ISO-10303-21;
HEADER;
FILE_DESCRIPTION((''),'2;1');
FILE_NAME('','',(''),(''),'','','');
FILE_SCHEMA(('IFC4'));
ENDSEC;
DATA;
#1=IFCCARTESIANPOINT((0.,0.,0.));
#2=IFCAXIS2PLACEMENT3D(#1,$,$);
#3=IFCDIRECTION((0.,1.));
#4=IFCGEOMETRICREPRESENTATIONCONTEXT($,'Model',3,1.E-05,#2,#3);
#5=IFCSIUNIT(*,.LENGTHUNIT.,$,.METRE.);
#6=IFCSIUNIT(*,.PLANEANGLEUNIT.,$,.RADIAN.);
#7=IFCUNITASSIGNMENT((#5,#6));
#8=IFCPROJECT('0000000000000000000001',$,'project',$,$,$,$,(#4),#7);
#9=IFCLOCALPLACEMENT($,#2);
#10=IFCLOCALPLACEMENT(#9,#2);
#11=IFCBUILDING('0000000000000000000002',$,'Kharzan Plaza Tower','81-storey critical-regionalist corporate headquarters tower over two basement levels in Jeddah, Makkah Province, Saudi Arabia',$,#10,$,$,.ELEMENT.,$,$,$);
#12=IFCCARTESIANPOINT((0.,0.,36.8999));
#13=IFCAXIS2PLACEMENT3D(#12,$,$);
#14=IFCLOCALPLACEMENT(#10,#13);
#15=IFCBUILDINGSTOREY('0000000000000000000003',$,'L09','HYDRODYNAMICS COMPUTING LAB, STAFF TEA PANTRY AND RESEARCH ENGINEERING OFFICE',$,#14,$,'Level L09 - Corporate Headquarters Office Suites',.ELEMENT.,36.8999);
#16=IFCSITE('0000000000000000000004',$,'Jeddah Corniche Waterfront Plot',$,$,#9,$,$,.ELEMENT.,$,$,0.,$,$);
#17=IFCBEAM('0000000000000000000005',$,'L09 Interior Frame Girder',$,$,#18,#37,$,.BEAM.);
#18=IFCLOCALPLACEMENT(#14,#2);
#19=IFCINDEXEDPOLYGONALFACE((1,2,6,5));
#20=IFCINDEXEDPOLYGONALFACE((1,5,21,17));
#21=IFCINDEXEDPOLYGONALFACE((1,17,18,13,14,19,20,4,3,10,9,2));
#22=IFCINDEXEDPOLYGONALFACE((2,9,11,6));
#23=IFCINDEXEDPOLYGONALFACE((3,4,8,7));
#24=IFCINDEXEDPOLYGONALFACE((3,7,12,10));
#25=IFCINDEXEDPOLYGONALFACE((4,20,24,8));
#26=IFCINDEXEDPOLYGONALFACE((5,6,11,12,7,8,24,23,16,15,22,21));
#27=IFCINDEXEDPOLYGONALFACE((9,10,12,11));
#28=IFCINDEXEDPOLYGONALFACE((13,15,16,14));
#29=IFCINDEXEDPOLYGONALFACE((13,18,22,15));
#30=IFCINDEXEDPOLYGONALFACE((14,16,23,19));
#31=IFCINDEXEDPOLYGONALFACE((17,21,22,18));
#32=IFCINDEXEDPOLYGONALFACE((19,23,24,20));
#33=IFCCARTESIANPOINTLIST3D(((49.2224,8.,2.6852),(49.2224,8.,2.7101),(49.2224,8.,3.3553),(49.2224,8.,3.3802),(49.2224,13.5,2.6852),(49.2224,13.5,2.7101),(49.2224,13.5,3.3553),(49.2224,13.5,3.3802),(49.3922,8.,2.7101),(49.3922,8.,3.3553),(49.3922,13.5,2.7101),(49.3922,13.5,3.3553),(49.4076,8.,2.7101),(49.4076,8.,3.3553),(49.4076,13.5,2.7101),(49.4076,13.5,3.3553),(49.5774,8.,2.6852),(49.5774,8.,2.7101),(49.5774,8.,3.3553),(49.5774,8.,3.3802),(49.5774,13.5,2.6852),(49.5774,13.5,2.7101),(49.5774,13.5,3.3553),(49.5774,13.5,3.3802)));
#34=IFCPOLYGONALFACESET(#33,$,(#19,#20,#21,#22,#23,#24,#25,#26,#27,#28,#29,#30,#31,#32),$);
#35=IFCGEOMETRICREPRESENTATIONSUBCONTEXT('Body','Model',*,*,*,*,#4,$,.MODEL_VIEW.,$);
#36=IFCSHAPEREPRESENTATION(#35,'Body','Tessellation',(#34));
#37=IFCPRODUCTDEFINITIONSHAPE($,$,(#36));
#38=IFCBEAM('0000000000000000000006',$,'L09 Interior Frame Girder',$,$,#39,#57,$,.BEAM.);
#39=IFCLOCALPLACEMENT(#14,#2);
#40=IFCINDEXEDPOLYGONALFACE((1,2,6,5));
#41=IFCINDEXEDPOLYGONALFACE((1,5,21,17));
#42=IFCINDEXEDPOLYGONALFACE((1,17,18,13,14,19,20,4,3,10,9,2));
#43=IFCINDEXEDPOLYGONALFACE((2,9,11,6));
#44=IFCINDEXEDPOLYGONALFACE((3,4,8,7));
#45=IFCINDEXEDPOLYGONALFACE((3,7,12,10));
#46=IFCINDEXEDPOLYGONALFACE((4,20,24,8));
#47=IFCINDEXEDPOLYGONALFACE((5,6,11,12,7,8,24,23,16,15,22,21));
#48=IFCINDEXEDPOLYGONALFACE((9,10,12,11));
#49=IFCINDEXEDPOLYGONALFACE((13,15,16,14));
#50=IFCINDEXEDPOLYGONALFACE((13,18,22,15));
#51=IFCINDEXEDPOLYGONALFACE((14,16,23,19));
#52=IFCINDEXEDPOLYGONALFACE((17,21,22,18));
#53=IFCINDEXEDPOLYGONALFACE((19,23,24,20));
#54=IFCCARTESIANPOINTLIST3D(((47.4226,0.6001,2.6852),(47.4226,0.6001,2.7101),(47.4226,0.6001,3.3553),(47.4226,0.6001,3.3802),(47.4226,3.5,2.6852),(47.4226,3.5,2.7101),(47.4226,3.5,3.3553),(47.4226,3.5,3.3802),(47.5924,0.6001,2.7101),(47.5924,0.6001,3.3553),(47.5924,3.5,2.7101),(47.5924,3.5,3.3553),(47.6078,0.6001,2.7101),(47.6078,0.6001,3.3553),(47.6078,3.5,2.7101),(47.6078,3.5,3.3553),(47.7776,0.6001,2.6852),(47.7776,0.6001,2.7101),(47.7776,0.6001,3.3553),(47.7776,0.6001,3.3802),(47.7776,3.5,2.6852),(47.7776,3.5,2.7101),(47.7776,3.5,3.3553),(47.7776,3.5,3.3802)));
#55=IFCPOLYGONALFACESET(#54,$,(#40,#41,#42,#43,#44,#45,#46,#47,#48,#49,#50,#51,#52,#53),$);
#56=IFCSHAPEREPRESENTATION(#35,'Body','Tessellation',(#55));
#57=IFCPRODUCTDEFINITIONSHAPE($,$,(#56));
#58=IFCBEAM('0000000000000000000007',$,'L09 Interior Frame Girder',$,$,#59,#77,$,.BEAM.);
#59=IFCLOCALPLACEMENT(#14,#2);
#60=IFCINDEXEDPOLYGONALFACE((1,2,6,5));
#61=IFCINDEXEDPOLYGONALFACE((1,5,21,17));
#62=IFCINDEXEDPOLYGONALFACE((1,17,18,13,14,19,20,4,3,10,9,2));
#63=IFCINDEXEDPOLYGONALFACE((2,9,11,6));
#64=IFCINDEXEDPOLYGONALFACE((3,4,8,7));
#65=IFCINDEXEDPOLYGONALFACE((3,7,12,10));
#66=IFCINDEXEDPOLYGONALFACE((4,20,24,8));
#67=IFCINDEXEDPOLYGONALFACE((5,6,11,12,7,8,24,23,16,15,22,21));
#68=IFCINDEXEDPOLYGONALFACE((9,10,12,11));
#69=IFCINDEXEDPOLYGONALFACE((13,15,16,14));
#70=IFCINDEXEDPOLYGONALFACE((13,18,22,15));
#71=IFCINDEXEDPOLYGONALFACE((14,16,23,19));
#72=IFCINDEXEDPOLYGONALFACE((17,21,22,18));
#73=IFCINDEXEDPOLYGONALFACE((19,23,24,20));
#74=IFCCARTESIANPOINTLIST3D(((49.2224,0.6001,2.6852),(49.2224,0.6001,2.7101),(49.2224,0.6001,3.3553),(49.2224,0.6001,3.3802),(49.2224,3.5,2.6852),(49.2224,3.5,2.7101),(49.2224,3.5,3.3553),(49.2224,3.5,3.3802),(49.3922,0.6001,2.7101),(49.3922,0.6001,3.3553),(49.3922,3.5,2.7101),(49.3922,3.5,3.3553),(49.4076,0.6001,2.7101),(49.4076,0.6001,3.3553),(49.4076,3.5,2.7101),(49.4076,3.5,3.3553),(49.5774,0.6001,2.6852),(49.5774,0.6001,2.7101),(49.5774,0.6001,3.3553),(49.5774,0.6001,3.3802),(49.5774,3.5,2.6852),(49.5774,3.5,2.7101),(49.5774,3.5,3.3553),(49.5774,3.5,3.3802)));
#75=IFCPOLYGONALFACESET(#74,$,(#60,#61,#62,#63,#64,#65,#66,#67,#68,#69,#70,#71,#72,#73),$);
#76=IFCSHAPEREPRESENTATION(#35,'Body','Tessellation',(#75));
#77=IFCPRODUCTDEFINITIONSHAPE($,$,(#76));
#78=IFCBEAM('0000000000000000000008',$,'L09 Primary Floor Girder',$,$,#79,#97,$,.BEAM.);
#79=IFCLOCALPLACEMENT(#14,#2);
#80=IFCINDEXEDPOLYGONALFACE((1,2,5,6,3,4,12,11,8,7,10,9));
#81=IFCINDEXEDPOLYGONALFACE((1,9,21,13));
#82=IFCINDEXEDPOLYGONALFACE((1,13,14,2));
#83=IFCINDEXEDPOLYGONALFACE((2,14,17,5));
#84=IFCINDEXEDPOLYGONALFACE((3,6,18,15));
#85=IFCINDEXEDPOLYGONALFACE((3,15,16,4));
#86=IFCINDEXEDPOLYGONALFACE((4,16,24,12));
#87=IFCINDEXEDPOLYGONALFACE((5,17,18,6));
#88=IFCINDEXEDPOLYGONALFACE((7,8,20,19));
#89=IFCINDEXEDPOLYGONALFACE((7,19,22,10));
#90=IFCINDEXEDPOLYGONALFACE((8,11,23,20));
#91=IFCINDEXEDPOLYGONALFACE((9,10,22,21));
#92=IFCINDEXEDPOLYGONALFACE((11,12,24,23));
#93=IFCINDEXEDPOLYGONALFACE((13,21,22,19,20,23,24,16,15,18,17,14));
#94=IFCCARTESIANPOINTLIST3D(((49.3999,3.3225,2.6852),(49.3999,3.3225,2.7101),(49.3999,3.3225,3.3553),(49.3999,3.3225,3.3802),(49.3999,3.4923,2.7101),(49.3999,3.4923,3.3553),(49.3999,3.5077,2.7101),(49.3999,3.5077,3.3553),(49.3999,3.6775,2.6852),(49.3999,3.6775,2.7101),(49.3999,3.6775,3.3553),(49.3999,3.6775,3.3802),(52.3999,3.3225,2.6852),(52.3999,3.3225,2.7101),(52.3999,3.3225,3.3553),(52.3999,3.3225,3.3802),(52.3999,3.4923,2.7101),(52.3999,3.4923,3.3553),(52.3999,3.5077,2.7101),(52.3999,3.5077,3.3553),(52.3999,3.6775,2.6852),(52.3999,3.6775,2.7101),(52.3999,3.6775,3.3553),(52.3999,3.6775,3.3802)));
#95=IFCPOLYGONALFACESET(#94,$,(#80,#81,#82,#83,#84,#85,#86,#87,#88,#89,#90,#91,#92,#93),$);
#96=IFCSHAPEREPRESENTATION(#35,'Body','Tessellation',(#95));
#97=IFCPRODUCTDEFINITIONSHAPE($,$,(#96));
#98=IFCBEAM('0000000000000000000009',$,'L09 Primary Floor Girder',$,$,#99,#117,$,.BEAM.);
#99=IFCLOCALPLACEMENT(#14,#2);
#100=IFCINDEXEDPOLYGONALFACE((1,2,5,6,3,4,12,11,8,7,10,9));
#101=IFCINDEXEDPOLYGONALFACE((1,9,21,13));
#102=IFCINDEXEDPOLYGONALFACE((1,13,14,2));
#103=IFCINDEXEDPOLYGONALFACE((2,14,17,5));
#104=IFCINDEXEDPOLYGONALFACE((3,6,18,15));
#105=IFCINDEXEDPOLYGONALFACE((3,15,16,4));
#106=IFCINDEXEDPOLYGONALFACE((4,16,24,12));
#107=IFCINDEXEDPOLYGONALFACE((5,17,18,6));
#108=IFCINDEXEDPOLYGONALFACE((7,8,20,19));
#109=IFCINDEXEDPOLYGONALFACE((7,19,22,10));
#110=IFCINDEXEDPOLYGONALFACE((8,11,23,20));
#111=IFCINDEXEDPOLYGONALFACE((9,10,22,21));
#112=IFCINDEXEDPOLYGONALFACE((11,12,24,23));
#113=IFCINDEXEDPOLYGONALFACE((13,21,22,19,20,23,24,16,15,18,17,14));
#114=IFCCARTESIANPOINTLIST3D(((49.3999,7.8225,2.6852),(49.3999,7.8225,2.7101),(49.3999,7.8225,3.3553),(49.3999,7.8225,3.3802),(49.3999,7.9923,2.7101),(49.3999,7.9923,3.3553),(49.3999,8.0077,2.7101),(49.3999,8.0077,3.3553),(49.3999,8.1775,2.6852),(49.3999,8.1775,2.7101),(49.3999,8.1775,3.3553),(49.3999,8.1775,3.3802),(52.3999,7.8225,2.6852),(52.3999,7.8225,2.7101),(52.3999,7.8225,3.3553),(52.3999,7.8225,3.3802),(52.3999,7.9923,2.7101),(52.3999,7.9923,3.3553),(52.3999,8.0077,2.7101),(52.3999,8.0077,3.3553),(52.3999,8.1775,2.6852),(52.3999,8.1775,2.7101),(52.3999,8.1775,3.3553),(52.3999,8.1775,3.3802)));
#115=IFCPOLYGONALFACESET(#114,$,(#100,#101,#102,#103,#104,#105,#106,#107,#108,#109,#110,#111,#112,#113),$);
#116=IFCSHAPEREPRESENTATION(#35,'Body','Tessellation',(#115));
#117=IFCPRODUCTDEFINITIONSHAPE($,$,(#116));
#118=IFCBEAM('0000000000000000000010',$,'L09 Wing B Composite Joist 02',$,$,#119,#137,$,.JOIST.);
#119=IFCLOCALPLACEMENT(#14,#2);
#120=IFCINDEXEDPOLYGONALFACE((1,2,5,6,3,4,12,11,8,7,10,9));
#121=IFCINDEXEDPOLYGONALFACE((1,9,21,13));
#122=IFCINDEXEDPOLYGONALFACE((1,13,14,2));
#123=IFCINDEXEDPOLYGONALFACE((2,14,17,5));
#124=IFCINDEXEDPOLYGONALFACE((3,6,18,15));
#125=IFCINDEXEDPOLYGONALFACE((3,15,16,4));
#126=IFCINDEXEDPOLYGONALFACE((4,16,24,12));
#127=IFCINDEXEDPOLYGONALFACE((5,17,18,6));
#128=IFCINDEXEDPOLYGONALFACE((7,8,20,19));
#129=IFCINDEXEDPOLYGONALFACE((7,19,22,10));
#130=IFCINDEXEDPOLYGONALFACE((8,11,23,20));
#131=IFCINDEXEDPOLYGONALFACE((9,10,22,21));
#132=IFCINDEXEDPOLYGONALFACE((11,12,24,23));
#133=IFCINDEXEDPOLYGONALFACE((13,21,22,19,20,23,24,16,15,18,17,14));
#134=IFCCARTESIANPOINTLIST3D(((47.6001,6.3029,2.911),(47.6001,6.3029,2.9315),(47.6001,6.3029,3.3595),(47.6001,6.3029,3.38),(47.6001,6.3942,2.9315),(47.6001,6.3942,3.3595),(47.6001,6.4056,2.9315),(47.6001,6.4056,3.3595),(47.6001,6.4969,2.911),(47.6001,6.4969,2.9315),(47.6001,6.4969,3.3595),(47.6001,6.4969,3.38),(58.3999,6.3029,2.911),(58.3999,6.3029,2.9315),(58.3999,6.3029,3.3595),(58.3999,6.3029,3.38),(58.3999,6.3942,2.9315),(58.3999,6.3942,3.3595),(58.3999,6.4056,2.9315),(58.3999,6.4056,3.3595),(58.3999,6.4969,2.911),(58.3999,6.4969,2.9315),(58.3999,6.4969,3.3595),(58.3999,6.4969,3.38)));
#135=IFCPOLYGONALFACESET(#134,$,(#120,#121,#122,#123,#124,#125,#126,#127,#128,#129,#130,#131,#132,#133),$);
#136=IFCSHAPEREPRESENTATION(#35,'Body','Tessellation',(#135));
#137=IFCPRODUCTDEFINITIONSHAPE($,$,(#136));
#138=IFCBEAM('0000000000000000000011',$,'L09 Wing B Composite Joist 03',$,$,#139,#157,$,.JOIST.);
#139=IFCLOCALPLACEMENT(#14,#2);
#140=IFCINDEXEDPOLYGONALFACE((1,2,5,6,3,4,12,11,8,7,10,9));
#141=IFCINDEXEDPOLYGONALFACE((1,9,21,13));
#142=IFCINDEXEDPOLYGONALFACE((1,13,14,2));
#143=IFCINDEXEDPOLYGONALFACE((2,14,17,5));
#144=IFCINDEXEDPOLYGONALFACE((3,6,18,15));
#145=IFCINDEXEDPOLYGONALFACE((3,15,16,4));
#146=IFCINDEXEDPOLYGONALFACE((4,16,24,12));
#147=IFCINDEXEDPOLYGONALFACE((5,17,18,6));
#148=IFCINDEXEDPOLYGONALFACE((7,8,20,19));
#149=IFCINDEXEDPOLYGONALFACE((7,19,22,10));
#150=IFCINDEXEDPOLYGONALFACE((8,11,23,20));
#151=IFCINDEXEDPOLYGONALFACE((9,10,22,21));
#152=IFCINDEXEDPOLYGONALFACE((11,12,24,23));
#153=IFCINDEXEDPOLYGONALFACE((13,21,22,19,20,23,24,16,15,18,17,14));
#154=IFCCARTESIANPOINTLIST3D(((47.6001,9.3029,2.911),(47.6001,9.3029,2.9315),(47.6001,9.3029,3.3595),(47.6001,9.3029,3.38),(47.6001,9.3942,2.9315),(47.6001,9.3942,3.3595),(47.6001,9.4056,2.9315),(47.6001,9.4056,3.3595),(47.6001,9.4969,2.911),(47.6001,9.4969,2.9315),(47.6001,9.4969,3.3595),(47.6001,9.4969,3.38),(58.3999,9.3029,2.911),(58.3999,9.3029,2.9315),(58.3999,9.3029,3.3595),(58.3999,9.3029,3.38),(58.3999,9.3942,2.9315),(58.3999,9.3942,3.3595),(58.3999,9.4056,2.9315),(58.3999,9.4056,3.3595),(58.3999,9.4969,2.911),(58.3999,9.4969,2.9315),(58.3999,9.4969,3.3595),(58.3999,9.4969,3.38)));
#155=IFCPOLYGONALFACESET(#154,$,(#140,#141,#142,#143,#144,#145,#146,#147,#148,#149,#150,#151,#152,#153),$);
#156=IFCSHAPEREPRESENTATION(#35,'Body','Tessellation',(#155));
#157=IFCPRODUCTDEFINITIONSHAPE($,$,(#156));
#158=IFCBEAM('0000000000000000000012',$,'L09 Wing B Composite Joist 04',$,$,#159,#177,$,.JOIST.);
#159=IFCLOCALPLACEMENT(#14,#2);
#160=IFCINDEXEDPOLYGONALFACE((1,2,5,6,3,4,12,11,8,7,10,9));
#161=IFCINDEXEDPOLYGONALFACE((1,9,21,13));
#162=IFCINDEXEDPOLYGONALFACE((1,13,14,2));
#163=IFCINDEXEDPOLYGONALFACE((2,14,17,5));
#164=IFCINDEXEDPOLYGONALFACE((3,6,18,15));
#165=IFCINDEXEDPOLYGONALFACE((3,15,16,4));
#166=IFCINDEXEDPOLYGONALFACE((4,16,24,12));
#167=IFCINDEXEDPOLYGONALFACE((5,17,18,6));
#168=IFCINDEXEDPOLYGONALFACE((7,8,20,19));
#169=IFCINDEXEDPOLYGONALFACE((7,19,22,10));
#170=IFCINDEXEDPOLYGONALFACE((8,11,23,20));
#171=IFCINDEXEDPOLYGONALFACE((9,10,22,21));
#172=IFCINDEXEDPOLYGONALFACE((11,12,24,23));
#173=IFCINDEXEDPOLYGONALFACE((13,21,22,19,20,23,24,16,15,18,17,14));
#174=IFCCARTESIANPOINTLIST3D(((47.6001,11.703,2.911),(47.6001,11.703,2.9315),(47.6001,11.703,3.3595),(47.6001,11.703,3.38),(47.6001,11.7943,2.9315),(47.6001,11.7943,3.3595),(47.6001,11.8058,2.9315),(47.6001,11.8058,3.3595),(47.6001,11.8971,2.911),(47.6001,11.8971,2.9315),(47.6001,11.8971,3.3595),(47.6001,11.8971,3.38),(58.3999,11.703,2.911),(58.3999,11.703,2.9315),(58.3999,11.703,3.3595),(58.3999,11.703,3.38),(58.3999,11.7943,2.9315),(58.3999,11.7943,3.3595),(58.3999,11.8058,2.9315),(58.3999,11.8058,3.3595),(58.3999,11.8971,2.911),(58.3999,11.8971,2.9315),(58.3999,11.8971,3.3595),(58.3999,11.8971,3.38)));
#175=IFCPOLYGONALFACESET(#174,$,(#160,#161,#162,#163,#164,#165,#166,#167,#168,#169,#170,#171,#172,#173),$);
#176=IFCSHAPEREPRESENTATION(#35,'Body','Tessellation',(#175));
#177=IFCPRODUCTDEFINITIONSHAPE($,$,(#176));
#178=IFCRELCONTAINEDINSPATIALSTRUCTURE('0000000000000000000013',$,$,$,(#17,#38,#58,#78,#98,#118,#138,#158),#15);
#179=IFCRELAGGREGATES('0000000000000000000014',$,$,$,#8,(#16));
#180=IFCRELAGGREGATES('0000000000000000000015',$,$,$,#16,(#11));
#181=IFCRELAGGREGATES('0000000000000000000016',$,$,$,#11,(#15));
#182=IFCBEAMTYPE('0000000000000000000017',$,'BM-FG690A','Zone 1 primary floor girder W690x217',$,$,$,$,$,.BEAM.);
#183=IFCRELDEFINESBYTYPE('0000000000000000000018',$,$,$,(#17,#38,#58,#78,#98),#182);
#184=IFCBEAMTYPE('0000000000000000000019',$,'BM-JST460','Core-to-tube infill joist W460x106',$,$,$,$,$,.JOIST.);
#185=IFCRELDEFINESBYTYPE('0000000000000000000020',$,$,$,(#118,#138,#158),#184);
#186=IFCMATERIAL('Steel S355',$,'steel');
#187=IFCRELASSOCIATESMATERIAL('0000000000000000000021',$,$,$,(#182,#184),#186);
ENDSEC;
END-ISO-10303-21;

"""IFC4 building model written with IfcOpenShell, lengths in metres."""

from ifc_helpers import new_model, si_unit, direction, frame, origin, origin_2d, place, context, subcontext, project, spatial, i_section, extrude, source, transform, mapped, material, material_profile, profile_set, type_object, element, save


model = new_model("IFC4")

# Units and contexts
model_context = context("Model", 3, precision=1e-05, world=origin(), true_north=direction((0.0, 1.0)))
body_context = subcontext(model_context, "Body", "Model", "MODEL_VIEW")
ifc_project = project(units=[si_unit("LENGTHUNIT", "METRE"), si_unit("PLANEANGLEUNIT", "RADIAN")], contexts=[model_context])

# Site, building, storey
site_placement = place(None, origin())
site = spatial("IfcSite", under=ifc_project, at=site_placement, Name="Jeddah Corniche Waterfront Plot", CompositionType="ELEMENT", RefElevation=0.0)
building_placement = place(site_placement, origin())
building = spatial("IfcBuilding", under=site, at=building_placement, Name="Kharzan Plaza Tower", Description="81-storey critical-regionalist corporate headquarters tower over two basement levels in Jeddah, Makkah Province, Saudi Arabia", CompositionType="ELEMENT")
storey_placement = place(building_placement, frame((0.0, 0.0, 36.8999)))
storey = spatial("IfcBuildingStorey", under=building, at=storey_placement, Name="L09", Description="HYDRODYNAMICS COMPUTING LAB, STAFF TEA PANTRY AND RESEARCH ENGINEERING OFFICE", LongName="Level L09 - Corporate Headquarters Office Suites", CompositionType="ELEMENT", Elevation=36.8999)

# Beams
ifc_material_1 = material(Name="Steel S355", Category="steel")
ifc_material_profile_1 = material_profile(ifc_material_1, i_section(OverallWidth=0.355, OverallDepth=0.6951, WebThickness=0.0154, FlangeThickness=0.0249, at=origin_2d()), Name="W690x217")
ifc_profile_set_1 = profile_set([ifc_material_profile_1], Name="Steel S355")
beam_type_1 = type_object("IfcBeamType", Name="BM-FG690A", Description="Zone 1 primary floor girder W690x217", PredefinedType="BEAM", material=ifc_profile_set_1)
shared_shape_1 = source(origin(), body_context, "Body", "SweptSolid", [
    extrude(i_section(OverallWidth=0.355, OverallDepth=0.6951, WebThickness=0.0154, FlangeThickness=0.0249, at=origin_2d()), origin(), (0.0, 0.0, 1.0), 5.5),
])
for number, where, z_axis, x_axis, name in (
    (1, (49.3999, 8.0, 3.0327), (0.0, 1.0, 0.0), (-1.0, 0.0, 0.0), "L09 Interior Frame Girder"),
):
    element("IfcBeam", number, at=place(storey_placement, frame(where, z_axis=z_axis, x_axis=x_axis)), inside=storey, type_object=beam_type_1, Name=name, PredefinedType="BEAM", context=body_context, shape_type="MappedRepresentation", body=[
        mapped(shared_shape_1, transform((0.0, 0.0, 0.0), x_axis=(1.0, 0.0, 0.0), y_axis=(0.0, 1.0, 0.0), z_axis=(0.0, 0.0, 1.0))),
    ])
shared_shape_2 = source(origin(), body_context, "Body", "SweptSolid", [
    extrude(i_section(OverallWidth=0.355, OverallDepth=0.6951, WebThickness=0.0154, FlangeThickness=0.0249, at=origin_2d()), origin(), (0.0, 0.0, 1.0), 2.8999),
])
for number, where, z_axis, x_axis, name in (
    (2, (47.6001, 0.6001, 3.0327), (0.0, 1.0, 0.0), (-1.0, 0.0, 0.0), "L09 Interior Frame Girder"),
    (3, (49.3999, 0.6001, 3.0327), (0.0, 1.0, 0.0), (-1.0, 0.0, 0.0), "L09 Interior Frame Girder"),
):
    element("IfcBeam", number, at=place(storey_placement, frame(where, z_axis=z_axis, x_axis=x_axis)), inside=storey, type_object=beam_type_1, Name=name, PredefinedType="BEAM", context=body_context, shape_type="MappedRepresentation", body=[
        mapped(shared_shape_2, transform((0.0, 0.0, 0.0), x_axis=(1.0, 0.0, 0.0), y_axis=(0.0, 1.0, 0.0), z_axis=(0.0, 0.0, 1.0))),
    ])
shared_shape_3 = source(origin(), body_context, "Body", "SweptSolid", [
    extrude(i_section(OverallWidth=0.355, OverallDepth=0.6951, WebThickness=0.0154, FlangeThickness=0.0249, at=origin_2d()), origin(), (0.0, 0.0, 1.0), 3.0),
])
for number, where, z_axis, x_axis, name in (
    (4, (49.3999, 3.5, 3.0327), (1.0, 0.0, 0.0), (0.0, 1.0, 0.0), "L09 Primary Floor Girder"),
    (5, (49.3999, 8.0, 3.0327), (1.0, 0.0, 0.0), (0.0, 1.0, 0.0), "L09 Primary Floor Girder"),
):
    element("IfcBeam", number, at=place(storey_placement, frame(where, z_axis=z_axis, x_axis=x_axis)), inside=storey, type_object=beam_type_1, Name=name, PredefinedType="BEAM", context=body_context, shape_type="MappedRepresentation", body=[
        mapped(shared_shape_3, transform((0.0, 0.0, 0.0), x_axis=(1.0, 0.0, 0.0), y_axis=(0.0, 1.0, 0.0), z_axis=(0.0, 0.0, 1.0))),
    ])
ifc_material_profile_2 = material_profile(ifc_material_1, i_section(OverallWidth=0.1941, OverallDepth=0.469, WebThickness=0.0115, FlangeThickness=0.0205, at=origin_2d()), Name="W460x106")
ifc_profile_set_2 = profile_set([ifc_material_profile_2], Name="Steel S355")
beam_type_2 = type_object("IfcBeamType", Name="BM-JST460", Description="Core-to-tube infill joist W460x106", PredefinedType="JOIST", material=ifc_profile_set_2)
shared_shape_4 = source(origin(), body_context, "Body", "SweptSolid", [
    extrude(i_section(OverallWidth=0.1941, OverallDepth=0.469, WebThickness=0.0115, FlangeThickness=0.0205, at=origin_2d()), origin(), (0.0, 0.0, 1.0), 10.7998),
])
for number, where, z_axis, x_axis, name in (
    (6, (47.6001, 6.3999, 3.1455), (1.0, 0.0, 0.0), (0.0, 1.0, 0.0), "L09 Wing B Composite Joist 02"),
    (7, (47.6001, 9.3999, 3.1455), (1.0, 0.0, 0.0), (0.0, 1.0, 0.0), "L09 Wing B Composite Joist 03"),
    (8, (47.6001, 11.8, 3.1455), (1.0, 0.0, 0.0), (0.0, 1.0, 0.0), "L09 Wing B Composite Joist 04"),
):
    element("IfcBeam", number, at=place(storey_placement, frame(where, z_axis=z_axis, x_axis=x_axis)), inside=storey, type_object=beam_type_2, Name=name, PredefinedType="JOIST", context=body_context, shape_type="MappedRepresentation", body=[
        mapped(shared_shape_4, transform((0.0, 0.0, 0.0), x_axis=(1.0, 0.0, 0.0), y_axis=(0.0, 1.0, 0.0), z_axis=(0.0, 0.0, 1.0))),
    ])

save(model, "model.ifc")
